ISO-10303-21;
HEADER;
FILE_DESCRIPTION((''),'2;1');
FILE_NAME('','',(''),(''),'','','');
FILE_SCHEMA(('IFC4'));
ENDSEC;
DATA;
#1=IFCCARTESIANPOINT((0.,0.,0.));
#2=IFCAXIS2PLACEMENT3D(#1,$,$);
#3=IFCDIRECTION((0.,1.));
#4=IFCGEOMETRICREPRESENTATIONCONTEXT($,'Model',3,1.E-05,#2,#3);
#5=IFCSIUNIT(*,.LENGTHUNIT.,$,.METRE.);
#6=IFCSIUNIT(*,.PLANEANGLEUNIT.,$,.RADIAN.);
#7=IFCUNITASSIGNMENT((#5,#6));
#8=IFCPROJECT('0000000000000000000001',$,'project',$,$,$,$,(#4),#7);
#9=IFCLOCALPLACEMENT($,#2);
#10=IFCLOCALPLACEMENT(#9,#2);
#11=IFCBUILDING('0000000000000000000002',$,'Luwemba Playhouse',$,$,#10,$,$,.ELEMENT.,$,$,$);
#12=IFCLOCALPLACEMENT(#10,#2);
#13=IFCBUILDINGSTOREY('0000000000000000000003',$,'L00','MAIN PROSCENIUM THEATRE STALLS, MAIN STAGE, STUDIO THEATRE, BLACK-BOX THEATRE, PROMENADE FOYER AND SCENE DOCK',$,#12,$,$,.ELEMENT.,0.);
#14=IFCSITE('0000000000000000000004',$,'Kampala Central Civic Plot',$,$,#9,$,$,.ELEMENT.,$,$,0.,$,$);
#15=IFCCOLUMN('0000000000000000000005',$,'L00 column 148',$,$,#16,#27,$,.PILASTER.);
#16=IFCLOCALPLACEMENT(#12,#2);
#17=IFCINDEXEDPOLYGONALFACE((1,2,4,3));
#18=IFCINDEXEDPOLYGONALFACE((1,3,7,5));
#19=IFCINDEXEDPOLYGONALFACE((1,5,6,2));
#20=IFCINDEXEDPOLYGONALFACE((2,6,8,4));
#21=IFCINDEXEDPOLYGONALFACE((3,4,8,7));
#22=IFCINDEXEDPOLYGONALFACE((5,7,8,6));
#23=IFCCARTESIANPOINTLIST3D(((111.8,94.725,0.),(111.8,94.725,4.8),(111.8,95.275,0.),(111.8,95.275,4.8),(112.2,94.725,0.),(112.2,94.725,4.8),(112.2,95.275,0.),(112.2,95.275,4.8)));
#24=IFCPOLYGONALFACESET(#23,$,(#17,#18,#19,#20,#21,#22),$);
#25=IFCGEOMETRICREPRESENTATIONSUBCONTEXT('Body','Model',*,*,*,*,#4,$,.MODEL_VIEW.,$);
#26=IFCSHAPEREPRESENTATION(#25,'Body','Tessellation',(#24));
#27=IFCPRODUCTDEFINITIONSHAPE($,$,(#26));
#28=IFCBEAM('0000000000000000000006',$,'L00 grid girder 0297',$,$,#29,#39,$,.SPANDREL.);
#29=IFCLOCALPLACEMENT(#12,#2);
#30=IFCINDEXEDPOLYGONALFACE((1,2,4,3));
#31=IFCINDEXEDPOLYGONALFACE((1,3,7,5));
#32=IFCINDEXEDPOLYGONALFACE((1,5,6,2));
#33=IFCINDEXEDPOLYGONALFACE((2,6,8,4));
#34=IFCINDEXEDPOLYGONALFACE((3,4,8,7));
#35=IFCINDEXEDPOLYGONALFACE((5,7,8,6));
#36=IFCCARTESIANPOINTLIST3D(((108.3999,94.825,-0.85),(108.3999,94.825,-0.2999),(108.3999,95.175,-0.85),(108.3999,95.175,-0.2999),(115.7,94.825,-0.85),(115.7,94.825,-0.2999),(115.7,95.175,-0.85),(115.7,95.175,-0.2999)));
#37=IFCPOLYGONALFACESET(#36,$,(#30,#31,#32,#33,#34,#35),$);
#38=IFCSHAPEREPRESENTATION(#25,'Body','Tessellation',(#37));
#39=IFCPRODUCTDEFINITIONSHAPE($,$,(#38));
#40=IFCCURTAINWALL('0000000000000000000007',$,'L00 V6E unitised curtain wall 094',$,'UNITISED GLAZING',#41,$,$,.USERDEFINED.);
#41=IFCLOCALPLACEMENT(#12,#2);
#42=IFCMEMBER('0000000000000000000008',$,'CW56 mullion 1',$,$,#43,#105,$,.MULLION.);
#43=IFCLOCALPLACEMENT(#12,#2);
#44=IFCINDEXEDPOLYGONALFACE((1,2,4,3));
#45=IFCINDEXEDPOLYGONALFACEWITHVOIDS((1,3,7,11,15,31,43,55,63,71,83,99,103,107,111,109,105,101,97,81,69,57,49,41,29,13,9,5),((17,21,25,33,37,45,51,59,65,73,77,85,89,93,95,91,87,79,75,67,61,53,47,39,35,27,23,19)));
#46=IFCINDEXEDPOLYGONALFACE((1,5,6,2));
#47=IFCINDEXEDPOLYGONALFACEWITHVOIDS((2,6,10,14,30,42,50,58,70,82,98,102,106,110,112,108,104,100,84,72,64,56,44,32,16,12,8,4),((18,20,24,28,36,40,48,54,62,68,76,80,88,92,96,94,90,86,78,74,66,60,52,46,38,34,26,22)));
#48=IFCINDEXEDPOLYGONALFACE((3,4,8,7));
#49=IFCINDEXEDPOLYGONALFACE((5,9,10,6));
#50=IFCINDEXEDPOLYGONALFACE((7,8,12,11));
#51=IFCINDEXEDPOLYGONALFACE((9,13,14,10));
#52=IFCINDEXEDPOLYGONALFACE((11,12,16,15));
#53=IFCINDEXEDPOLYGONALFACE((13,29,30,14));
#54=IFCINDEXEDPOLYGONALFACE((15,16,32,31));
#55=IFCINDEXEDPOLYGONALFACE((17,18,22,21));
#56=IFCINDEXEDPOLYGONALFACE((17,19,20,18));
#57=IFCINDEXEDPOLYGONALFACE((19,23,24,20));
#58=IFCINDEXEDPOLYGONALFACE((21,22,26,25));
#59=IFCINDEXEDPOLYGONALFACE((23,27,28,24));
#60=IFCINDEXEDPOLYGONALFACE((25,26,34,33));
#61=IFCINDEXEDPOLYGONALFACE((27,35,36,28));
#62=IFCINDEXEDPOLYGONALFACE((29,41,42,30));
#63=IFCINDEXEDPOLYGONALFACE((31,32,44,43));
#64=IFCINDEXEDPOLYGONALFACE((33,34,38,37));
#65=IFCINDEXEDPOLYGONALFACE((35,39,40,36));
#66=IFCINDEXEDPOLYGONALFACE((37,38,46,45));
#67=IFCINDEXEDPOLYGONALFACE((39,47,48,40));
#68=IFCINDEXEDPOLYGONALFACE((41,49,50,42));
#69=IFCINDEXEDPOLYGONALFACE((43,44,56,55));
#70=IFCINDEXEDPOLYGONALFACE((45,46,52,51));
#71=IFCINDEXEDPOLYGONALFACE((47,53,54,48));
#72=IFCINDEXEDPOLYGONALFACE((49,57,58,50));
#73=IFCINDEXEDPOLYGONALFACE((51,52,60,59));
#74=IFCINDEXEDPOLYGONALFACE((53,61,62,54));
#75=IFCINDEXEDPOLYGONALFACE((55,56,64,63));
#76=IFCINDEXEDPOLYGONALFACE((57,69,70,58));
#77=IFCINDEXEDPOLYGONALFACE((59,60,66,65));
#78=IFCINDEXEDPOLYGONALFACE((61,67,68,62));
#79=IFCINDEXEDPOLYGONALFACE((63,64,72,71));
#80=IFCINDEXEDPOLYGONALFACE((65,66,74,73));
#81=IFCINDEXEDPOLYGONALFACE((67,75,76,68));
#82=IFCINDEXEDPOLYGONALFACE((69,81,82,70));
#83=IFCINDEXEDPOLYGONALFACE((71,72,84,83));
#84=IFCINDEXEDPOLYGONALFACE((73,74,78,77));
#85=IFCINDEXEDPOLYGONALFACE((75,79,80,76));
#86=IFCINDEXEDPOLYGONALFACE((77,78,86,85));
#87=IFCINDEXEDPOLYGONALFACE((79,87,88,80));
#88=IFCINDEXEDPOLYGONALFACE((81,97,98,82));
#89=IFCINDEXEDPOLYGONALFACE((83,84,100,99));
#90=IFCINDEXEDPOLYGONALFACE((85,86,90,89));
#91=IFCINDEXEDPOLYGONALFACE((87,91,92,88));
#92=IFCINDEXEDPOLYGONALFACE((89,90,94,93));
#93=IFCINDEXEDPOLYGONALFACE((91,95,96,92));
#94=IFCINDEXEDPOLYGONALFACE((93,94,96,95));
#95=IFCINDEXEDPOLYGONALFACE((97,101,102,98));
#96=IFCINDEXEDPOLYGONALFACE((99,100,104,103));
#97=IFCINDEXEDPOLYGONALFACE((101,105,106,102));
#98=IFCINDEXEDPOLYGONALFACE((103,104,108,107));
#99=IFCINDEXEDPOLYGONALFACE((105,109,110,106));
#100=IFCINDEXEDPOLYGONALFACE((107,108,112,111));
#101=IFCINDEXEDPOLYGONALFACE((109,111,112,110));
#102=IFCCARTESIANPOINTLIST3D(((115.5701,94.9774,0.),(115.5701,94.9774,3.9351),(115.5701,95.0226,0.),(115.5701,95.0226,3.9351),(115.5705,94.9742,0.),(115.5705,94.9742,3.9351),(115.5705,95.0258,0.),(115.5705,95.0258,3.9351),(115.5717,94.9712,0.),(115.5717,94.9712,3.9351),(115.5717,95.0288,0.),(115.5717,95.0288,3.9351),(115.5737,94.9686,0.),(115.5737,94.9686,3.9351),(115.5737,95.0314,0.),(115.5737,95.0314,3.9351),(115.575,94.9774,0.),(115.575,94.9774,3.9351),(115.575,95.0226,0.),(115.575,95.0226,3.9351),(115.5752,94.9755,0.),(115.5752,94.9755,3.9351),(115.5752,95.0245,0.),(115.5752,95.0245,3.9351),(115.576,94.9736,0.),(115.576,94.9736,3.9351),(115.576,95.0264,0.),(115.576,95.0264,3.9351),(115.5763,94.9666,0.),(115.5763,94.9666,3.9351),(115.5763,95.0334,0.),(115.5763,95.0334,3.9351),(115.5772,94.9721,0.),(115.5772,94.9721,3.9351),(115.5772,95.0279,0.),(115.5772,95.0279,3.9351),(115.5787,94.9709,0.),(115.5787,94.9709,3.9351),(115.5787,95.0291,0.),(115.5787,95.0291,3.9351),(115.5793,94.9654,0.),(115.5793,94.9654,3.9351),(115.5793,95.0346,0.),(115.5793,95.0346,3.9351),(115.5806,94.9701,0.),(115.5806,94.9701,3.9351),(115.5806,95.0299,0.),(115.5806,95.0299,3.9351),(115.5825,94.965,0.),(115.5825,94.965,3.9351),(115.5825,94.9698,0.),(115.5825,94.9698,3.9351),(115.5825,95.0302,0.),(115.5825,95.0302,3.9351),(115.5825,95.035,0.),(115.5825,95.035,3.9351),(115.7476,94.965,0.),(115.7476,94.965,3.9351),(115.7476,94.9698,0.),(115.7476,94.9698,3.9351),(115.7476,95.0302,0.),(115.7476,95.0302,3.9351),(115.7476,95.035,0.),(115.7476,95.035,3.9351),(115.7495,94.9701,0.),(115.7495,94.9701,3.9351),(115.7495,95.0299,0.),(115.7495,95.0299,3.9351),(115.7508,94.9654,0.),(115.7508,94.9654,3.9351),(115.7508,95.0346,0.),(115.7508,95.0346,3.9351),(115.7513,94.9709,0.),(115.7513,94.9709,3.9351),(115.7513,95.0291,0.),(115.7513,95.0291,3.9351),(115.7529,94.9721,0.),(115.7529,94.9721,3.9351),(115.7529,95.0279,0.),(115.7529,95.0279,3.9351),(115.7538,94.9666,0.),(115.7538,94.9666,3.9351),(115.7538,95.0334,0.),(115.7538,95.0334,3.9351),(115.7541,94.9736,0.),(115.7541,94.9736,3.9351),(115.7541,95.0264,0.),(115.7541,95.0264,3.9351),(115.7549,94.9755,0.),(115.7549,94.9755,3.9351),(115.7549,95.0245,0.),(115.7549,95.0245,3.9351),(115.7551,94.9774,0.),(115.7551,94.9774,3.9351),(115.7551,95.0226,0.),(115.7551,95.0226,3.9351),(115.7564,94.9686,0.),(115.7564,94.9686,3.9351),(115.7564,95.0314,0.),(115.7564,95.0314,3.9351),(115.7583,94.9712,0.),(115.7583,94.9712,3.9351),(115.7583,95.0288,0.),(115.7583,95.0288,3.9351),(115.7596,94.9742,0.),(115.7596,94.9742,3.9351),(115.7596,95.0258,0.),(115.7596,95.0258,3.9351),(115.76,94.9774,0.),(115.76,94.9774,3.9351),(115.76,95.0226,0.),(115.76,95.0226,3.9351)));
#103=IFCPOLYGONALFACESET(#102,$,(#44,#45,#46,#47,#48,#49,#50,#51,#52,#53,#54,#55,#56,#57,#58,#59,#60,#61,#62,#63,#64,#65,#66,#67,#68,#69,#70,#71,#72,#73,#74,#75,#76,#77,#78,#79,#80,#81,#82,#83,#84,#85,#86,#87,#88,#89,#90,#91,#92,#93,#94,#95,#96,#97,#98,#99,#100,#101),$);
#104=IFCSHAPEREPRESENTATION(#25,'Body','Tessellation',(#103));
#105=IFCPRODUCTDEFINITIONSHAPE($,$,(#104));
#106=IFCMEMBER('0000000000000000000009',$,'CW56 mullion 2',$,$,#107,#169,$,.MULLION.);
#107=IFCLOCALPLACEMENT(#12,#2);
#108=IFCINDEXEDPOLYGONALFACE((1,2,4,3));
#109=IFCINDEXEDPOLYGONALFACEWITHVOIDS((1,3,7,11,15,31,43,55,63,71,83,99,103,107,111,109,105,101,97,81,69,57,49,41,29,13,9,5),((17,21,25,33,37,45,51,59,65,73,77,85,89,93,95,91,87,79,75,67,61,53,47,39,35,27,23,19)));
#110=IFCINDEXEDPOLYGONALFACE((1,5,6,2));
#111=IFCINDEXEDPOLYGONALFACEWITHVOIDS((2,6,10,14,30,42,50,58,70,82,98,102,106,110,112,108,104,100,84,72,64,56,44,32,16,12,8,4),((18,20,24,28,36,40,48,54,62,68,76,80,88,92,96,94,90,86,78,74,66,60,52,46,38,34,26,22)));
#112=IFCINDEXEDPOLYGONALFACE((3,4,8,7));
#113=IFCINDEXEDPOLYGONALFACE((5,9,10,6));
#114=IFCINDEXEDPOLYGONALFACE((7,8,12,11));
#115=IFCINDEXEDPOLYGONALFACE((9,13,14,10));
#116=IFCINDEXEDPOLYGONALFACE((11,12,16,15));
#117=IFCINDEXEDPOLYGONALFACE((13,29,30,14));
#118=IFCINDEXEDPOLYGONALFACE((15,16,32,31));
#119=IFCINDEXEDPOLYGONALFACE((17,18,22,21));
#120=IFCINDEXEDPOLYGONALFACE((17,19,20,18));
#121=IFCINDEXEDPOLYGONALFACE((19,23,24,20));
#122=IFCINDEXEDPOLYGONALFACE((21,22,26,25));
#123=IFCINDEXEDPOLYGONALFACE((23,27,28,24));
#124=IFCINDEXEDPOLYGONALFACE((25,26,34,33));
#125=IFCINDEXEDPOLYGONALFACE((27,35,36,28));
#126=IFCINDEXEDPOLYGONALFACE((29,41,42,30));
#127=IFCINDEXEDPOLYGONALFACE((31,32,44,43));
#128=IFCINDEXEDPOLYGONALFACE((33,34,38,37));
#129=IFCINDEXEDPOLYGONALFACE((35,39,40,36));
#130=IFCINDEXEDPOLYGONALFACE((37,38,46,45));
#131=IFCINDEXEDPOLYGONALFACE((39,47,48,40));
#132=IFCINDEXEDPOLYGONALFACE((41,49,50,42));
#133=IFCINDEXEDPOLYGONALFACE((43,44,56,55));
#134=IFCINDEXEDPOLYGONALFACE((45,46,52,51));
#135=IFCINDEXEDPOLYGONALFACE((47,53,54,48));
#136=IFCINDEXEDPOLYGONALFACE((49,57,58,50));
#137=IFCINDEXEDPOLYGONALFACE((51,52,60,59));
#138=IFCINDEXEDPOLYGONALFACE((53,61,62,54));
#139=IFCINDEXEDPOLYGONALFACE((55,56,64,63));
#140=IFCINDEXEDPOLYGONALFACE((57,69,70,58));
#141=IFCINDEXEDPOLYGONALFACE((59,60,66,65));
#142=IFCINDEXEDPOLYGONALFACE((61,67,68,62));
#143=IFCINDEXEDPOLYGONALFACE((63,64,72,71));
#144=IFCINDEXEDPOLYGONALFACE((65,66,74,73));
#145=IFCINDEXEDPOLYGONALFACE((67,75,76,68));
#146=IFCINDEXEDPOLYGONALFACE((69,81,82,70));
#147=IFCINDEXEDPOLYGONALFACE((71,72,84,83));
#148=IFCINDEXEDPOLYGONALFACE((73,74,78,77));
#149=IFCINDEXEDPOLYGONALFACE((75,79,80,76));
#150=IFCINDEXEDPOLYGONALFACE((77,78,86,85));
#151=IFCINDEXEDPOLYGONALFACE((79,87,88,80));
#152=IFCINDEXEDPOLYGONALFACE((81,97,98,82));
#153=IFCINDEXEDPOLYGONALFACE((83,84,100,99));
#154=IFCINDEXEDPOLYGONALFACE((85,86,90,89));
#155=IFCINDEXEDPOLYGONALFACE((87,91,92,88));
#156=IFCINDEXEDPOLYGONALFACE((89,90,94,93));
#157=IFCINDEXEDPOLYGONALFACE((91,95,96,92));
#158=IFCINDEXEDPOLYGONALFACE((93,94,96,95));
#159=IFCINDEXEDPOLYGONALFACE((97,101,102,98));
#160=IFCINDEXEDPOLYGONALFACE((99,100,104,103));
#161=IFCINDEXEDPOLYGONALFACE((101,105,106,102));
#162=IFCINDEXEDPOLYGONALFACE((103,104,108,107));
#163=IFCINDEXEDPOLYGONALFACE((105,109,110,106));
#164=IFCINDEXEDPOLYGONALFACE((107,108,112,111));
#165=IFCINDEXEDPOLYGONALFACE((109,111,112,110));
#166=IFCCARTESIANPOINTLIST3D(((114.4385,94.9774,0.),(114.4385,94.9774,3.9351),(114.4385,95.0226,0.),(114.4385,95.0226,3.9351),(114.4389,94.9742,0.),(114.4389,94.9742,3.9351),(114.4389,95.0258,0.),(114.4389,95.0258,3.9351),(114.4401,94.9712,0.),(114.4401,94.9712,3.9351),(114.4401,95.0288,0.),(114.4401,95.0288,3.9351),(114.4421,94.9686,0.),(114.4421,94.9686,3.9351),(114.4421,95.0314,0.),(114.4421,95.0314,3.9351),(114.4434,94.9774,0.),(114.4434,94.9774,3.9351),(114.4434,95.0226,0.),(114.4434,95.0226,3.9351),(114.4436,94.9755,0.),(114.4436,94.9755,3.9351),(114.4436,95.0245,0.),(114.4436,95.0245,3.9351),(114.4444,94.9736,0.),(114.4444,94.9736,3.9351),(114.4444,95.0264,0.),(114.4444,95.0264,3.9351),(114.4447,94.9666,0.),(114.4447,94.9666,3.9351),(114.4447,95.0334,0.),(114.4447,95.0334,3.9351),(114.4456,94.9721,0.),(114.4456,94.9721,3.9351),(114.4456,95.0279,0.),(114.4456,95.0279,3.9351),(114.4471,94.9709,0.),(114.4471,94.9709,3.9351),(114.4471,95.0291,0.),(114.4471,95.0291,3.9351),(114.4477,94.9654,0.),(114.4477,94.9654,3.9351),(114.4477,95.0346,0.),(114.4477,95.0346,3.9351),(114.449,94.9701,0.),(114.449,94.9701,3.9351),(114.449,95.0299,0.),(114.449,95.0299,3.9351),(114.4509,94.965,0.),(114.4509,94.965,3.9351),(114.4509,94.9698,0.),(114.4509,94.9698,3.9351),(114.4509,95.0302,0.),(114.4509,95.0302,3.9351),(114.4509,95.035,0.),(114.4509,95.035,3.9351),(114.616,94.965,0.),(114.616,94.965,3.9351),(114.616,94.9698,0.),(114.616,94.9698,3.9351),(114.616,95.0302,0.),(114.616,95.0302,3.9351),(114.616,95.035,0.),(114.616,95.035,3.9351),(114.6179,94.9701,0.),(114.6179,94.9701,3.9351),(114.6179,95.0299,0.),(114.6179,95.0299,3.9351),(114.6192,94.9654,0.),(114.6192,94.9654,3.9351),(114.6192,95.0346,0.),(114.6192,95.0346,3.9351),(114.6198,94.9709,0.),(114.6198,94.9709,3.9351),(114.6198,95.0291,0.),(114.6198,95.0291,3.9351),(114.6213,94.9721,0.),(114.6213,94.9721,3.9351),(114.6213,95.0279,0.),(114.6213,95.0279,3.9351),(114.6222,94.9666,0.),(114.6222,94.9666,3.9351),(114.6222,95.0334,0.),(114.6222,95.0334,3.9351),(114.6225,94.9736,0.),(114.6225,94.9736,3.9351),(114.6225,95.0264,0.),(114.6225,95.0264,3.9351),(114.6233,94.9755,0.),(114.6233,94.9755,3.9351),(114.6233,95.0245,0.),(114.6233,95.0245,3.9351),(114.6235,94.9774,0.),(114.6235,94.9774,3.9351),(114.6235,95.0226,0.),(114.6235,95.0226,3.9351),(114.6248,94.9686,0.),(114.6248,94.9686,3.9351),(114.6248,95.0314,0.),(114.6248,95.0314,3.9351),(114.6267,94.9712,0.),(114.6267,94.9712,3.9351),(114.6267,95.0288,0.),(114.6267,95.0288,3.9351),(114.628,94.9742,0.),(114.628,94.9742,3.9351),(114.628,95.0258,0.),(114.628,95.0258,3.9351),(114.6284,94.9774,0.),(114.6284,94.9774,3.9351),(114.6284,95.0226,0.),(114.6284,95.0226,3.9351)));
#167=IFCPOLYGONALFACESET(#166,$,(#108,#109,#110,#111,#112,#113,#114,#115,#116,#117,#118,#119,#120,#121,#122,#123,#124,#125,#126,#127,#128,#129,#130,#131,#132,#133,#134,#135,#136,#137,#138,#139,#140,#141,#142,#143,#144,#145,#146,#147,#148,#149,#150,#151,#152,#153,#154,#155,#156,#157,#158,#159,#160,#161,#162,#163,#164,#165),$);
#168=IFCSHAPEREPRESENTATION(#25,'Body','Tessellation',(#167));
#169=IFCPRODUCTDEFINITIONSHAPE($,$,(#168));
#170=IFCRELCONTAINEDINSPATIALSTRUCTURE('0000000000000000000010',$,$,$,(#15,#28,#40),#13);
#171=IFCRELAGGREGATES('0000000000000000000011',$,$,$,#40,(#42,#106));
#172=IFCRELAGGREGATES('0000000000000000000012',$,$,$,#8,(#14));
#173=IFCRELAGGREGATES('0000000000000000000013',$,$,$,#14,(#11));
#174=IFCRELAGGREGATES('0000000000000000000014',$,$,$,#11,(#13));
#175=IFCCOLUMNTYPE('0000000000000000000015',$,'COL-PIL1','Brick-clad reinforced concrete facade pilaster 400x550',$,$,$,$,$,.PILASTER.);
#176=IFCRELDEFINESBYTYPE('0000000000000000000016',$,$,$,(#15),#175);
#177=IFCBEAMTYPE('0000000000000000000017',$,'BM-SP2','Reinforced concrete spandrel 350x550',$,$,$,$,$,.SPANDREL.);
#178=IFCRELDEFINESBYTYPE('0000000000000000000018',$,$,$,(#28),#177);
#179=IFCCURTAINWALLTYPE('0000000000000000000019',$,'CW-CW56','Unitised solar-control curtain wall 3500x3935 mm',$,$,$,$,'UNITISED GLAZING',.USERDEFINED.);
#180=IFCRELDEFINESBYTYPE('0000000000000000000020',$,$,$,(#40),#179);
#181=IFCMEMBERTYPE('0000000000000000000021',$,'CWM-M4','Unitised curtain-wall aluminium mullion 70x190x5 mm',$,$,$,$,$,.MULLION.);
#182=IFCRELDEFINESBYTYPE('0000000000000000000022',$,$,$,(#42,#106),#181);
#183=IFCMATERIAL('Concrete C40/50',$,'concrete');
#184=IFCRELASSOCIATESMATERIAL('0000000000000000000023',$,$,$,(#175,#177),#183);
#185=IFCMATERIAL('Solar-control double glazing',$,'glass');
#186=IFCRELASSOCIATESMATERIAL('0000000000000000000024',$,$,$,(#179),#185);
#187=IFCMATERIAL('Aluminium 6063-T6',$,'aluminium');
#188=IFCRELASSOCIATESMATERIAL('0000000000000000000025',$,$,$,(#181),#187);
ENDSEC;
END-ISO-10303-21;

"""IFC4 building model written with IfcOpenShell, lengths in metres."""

from ifc_helpers import new_model, si_unit, direction, frame, origin, origin_2d, place, context, subcontext, project, spatial, rectangle, hollow_rectangle, extrude, material, material_profile, profile_set, type_object, element, aggregate, save


model = new_model("IFC4")

# Units and contexts
model_context = context("Model", 3, precision=1e-05, world=origin(), true_north=direction((0.0, 1.0)))
body_context = subcontext(model_context, "Body", "Model", "MODEL_VIEW")
ifc_project = project(units=[si_unit("LENGTHUNIT", "METRE"), si_unit("PLANEANGLEUNIT", "RADIAN")], contexts=[model_context])

# Site, building, storey
site_placement = place(None, origin())
site = spatial("IfcSite", under=ifc_project, at=site_placement, Name="Kampala Central Civic Plot", CompositionType="ELEMENT", RefElevation=0.0)
building_placement = place(site_placement, origin())
building = spatial("IfcBuilding", under=site, at=building_placement, Name="Luwemba Playhouse", CompositionType="ELEMENT")
storey_placement = place(building_placement, origin())
storey = spatial("IfcBuildingStorey", under=building, at=storey_placement, Name="L00", Description="MAIN PROSCENIUM THEATRE STALLS, MAIN STAGE, STUDIO THEATRE, BLACK-BOX THEATRE, PROMENADE FOYER AND SCENE DOCK", CompositionType="ELEMENT", Elevation=0.0)

# Column
ifc_material_1 = material(Name="Concrete C40/50", Category="concrete")
ifc_material_profile_1 = material_profile(ifc_material_1, rectangle(XDim=0.3999, YDim=0.55, at=origin_2d()))
ifc_profile_set_1 = profile_set([ifc_material_profile_1], Name="Concrete C40/50")
column_type = type_object("IfcColumnType", Name="COL-PIL1", Description="Brick-clad reinforced concrete facade pilaster 400x550", PredefinedType="PILASTER", material=ifc_profile_set_1)
column_placement = place(storey_placement, frame((112.0, 95.0, 0.0), z_axis=(0.0, 0.0, 1.0), x_axis=(1.0, 0.0, 0.0)))
element("IfcColumn", 1, at=column_placement, inside=storey, type_object=column_type, Name="L00 column 148", PredefinedType="PILASTER", context=body_context, shape_type="SweptSolid", body=[
    extrude(rectangle(XDim=0.3999, YDim=0.55, at=origin_2d()), origin(), (0.0, 0.0, 1.0), 4.8),
])

# Beam
ifc_material_profile_2 = material_profile(ifc_material_1, rectangle(XDim=0.3501, YDim=0.55, at=origin_2d()))
ifc_profile_set_2 = profile_set([ifc_material_profile_2], Name="Concrete C40/50")
beam_type = type_object("IfcBeamType", Name="BM-SP2", Description="Reinforced concrete spandrel 350x550", PredefinedType="SPANDREL", material=ifc_profile_set_2)
beam_placement = place(storey_placement, frame((108.3999, 95.0, -0.575), z_axis=(1.0, 0.0, 0.0), x_axis=(0.0, 1.0, 0.0)))
element("IfcBeam", 2, at=beam_placement, inside=storey, type_object=beam_type, Name="L00 grid girder 0297", PredefinedType="SPANDREL", context=body_context, shape_type="SweptSolid", body=[
    extrude(rectangle(XDim=0.3501, YDim=0.55, at=origin_2d()), origin(), (0.0, 0.0, 1.0), 7.3),
])

# Curtain wall, members
ifc_material_2 = material(Name="Solar-control double glazing", Category="glass")
curtain_wall_type = type_object("IfcCurtainWallType", Name="CW-CW56", Description="Unitised solar-control curtain wall 3500x3935 mm", ElementType="UNITISED GLAZING", PredefinedType="USERDEFINED", material=ifc_material_2)
curtain_wall_placement = place(storey_placement, origin())
curtain_wall = element("IfcCurtainWall", 3, at=curtain_wall_placement, inside=storey, type_object=curtain_wall_type, Name="L00 V6E unitised curtain wall 094", ObjectType="UNITISED GLAZING", PredefinedType="USERDEFINED")
ifc_material_3 = material(Name="Aluminium 6063-T6", Category="aluminium")
ifc_material_profile_3 = material_profile(ifc_material_3, hollow_rectangle(XDim=0.0701, YDim=0.1899, WallThickness=0.0049, InnerFilletRadius=0.0076, OuterFilletRadius=0.0125, at=origin_2d()))
ifc_profile_set_3 = profile_set([ifc_material_profile_3], Name="Aluminium 6063-T6")
member_type_1 = type_object("IfcMemberType", Name="CWM-M4", Description="Unitised curtain-wall aluminium mullion 70x190x5 mm", PredefinedType="MULLION", material=ifc_profile_set_3)
member_1_placement = place(storey_placement, frame((115.665, 95.0, 0.0), z_axis=(0.0, 0.0, 1.0), x_axis=(0.0, -1.0, 0.0)))
member_1 = element("IfcMember", 4, at=member_1_placement, type_object=member_type_1, Name="CW56 mullion 1", PredefinedType="MULLION", context=body_context, shape_type="SweptSolid", body=[
    extrude(hollow_rectangle(XDim=0.0701, YDim=0.1899, WallThickness=0.0049, InnerFilletRadius=0.0076, OuterFilletRadius=0.0125, at=origin_2d()), origin(), (0.0, 0.0, 1.0), 3.9351),
])
member_2_placement = place(storey_placement, frame((114.5334, 95.0, 0.0), z_axis=(0.0, 0.0, 1.0), x_axis=(0.0, -1.0, 0.0)))
member_2 = element("IfcMember", 5, at=member_2_placement, type_object=member_type_1, Name="CW56 mullion 2", PredefinedType="MULLION", context=body_context, shape_type="SweptSolid", body=[
    extrude(hollow_rectangle(XDim=0.0701, YDim=0.1899, WallThickness=0.0049, InnerFilletRadius=0.0076, OuterFilletRadius=0.0125, at=origin_2d()), origin(), (0.0, 0.0, 1.0), 3.9351),
])
aggregate(curtain_wall, [member_1, member_2])

save(model, "model.ifc")
